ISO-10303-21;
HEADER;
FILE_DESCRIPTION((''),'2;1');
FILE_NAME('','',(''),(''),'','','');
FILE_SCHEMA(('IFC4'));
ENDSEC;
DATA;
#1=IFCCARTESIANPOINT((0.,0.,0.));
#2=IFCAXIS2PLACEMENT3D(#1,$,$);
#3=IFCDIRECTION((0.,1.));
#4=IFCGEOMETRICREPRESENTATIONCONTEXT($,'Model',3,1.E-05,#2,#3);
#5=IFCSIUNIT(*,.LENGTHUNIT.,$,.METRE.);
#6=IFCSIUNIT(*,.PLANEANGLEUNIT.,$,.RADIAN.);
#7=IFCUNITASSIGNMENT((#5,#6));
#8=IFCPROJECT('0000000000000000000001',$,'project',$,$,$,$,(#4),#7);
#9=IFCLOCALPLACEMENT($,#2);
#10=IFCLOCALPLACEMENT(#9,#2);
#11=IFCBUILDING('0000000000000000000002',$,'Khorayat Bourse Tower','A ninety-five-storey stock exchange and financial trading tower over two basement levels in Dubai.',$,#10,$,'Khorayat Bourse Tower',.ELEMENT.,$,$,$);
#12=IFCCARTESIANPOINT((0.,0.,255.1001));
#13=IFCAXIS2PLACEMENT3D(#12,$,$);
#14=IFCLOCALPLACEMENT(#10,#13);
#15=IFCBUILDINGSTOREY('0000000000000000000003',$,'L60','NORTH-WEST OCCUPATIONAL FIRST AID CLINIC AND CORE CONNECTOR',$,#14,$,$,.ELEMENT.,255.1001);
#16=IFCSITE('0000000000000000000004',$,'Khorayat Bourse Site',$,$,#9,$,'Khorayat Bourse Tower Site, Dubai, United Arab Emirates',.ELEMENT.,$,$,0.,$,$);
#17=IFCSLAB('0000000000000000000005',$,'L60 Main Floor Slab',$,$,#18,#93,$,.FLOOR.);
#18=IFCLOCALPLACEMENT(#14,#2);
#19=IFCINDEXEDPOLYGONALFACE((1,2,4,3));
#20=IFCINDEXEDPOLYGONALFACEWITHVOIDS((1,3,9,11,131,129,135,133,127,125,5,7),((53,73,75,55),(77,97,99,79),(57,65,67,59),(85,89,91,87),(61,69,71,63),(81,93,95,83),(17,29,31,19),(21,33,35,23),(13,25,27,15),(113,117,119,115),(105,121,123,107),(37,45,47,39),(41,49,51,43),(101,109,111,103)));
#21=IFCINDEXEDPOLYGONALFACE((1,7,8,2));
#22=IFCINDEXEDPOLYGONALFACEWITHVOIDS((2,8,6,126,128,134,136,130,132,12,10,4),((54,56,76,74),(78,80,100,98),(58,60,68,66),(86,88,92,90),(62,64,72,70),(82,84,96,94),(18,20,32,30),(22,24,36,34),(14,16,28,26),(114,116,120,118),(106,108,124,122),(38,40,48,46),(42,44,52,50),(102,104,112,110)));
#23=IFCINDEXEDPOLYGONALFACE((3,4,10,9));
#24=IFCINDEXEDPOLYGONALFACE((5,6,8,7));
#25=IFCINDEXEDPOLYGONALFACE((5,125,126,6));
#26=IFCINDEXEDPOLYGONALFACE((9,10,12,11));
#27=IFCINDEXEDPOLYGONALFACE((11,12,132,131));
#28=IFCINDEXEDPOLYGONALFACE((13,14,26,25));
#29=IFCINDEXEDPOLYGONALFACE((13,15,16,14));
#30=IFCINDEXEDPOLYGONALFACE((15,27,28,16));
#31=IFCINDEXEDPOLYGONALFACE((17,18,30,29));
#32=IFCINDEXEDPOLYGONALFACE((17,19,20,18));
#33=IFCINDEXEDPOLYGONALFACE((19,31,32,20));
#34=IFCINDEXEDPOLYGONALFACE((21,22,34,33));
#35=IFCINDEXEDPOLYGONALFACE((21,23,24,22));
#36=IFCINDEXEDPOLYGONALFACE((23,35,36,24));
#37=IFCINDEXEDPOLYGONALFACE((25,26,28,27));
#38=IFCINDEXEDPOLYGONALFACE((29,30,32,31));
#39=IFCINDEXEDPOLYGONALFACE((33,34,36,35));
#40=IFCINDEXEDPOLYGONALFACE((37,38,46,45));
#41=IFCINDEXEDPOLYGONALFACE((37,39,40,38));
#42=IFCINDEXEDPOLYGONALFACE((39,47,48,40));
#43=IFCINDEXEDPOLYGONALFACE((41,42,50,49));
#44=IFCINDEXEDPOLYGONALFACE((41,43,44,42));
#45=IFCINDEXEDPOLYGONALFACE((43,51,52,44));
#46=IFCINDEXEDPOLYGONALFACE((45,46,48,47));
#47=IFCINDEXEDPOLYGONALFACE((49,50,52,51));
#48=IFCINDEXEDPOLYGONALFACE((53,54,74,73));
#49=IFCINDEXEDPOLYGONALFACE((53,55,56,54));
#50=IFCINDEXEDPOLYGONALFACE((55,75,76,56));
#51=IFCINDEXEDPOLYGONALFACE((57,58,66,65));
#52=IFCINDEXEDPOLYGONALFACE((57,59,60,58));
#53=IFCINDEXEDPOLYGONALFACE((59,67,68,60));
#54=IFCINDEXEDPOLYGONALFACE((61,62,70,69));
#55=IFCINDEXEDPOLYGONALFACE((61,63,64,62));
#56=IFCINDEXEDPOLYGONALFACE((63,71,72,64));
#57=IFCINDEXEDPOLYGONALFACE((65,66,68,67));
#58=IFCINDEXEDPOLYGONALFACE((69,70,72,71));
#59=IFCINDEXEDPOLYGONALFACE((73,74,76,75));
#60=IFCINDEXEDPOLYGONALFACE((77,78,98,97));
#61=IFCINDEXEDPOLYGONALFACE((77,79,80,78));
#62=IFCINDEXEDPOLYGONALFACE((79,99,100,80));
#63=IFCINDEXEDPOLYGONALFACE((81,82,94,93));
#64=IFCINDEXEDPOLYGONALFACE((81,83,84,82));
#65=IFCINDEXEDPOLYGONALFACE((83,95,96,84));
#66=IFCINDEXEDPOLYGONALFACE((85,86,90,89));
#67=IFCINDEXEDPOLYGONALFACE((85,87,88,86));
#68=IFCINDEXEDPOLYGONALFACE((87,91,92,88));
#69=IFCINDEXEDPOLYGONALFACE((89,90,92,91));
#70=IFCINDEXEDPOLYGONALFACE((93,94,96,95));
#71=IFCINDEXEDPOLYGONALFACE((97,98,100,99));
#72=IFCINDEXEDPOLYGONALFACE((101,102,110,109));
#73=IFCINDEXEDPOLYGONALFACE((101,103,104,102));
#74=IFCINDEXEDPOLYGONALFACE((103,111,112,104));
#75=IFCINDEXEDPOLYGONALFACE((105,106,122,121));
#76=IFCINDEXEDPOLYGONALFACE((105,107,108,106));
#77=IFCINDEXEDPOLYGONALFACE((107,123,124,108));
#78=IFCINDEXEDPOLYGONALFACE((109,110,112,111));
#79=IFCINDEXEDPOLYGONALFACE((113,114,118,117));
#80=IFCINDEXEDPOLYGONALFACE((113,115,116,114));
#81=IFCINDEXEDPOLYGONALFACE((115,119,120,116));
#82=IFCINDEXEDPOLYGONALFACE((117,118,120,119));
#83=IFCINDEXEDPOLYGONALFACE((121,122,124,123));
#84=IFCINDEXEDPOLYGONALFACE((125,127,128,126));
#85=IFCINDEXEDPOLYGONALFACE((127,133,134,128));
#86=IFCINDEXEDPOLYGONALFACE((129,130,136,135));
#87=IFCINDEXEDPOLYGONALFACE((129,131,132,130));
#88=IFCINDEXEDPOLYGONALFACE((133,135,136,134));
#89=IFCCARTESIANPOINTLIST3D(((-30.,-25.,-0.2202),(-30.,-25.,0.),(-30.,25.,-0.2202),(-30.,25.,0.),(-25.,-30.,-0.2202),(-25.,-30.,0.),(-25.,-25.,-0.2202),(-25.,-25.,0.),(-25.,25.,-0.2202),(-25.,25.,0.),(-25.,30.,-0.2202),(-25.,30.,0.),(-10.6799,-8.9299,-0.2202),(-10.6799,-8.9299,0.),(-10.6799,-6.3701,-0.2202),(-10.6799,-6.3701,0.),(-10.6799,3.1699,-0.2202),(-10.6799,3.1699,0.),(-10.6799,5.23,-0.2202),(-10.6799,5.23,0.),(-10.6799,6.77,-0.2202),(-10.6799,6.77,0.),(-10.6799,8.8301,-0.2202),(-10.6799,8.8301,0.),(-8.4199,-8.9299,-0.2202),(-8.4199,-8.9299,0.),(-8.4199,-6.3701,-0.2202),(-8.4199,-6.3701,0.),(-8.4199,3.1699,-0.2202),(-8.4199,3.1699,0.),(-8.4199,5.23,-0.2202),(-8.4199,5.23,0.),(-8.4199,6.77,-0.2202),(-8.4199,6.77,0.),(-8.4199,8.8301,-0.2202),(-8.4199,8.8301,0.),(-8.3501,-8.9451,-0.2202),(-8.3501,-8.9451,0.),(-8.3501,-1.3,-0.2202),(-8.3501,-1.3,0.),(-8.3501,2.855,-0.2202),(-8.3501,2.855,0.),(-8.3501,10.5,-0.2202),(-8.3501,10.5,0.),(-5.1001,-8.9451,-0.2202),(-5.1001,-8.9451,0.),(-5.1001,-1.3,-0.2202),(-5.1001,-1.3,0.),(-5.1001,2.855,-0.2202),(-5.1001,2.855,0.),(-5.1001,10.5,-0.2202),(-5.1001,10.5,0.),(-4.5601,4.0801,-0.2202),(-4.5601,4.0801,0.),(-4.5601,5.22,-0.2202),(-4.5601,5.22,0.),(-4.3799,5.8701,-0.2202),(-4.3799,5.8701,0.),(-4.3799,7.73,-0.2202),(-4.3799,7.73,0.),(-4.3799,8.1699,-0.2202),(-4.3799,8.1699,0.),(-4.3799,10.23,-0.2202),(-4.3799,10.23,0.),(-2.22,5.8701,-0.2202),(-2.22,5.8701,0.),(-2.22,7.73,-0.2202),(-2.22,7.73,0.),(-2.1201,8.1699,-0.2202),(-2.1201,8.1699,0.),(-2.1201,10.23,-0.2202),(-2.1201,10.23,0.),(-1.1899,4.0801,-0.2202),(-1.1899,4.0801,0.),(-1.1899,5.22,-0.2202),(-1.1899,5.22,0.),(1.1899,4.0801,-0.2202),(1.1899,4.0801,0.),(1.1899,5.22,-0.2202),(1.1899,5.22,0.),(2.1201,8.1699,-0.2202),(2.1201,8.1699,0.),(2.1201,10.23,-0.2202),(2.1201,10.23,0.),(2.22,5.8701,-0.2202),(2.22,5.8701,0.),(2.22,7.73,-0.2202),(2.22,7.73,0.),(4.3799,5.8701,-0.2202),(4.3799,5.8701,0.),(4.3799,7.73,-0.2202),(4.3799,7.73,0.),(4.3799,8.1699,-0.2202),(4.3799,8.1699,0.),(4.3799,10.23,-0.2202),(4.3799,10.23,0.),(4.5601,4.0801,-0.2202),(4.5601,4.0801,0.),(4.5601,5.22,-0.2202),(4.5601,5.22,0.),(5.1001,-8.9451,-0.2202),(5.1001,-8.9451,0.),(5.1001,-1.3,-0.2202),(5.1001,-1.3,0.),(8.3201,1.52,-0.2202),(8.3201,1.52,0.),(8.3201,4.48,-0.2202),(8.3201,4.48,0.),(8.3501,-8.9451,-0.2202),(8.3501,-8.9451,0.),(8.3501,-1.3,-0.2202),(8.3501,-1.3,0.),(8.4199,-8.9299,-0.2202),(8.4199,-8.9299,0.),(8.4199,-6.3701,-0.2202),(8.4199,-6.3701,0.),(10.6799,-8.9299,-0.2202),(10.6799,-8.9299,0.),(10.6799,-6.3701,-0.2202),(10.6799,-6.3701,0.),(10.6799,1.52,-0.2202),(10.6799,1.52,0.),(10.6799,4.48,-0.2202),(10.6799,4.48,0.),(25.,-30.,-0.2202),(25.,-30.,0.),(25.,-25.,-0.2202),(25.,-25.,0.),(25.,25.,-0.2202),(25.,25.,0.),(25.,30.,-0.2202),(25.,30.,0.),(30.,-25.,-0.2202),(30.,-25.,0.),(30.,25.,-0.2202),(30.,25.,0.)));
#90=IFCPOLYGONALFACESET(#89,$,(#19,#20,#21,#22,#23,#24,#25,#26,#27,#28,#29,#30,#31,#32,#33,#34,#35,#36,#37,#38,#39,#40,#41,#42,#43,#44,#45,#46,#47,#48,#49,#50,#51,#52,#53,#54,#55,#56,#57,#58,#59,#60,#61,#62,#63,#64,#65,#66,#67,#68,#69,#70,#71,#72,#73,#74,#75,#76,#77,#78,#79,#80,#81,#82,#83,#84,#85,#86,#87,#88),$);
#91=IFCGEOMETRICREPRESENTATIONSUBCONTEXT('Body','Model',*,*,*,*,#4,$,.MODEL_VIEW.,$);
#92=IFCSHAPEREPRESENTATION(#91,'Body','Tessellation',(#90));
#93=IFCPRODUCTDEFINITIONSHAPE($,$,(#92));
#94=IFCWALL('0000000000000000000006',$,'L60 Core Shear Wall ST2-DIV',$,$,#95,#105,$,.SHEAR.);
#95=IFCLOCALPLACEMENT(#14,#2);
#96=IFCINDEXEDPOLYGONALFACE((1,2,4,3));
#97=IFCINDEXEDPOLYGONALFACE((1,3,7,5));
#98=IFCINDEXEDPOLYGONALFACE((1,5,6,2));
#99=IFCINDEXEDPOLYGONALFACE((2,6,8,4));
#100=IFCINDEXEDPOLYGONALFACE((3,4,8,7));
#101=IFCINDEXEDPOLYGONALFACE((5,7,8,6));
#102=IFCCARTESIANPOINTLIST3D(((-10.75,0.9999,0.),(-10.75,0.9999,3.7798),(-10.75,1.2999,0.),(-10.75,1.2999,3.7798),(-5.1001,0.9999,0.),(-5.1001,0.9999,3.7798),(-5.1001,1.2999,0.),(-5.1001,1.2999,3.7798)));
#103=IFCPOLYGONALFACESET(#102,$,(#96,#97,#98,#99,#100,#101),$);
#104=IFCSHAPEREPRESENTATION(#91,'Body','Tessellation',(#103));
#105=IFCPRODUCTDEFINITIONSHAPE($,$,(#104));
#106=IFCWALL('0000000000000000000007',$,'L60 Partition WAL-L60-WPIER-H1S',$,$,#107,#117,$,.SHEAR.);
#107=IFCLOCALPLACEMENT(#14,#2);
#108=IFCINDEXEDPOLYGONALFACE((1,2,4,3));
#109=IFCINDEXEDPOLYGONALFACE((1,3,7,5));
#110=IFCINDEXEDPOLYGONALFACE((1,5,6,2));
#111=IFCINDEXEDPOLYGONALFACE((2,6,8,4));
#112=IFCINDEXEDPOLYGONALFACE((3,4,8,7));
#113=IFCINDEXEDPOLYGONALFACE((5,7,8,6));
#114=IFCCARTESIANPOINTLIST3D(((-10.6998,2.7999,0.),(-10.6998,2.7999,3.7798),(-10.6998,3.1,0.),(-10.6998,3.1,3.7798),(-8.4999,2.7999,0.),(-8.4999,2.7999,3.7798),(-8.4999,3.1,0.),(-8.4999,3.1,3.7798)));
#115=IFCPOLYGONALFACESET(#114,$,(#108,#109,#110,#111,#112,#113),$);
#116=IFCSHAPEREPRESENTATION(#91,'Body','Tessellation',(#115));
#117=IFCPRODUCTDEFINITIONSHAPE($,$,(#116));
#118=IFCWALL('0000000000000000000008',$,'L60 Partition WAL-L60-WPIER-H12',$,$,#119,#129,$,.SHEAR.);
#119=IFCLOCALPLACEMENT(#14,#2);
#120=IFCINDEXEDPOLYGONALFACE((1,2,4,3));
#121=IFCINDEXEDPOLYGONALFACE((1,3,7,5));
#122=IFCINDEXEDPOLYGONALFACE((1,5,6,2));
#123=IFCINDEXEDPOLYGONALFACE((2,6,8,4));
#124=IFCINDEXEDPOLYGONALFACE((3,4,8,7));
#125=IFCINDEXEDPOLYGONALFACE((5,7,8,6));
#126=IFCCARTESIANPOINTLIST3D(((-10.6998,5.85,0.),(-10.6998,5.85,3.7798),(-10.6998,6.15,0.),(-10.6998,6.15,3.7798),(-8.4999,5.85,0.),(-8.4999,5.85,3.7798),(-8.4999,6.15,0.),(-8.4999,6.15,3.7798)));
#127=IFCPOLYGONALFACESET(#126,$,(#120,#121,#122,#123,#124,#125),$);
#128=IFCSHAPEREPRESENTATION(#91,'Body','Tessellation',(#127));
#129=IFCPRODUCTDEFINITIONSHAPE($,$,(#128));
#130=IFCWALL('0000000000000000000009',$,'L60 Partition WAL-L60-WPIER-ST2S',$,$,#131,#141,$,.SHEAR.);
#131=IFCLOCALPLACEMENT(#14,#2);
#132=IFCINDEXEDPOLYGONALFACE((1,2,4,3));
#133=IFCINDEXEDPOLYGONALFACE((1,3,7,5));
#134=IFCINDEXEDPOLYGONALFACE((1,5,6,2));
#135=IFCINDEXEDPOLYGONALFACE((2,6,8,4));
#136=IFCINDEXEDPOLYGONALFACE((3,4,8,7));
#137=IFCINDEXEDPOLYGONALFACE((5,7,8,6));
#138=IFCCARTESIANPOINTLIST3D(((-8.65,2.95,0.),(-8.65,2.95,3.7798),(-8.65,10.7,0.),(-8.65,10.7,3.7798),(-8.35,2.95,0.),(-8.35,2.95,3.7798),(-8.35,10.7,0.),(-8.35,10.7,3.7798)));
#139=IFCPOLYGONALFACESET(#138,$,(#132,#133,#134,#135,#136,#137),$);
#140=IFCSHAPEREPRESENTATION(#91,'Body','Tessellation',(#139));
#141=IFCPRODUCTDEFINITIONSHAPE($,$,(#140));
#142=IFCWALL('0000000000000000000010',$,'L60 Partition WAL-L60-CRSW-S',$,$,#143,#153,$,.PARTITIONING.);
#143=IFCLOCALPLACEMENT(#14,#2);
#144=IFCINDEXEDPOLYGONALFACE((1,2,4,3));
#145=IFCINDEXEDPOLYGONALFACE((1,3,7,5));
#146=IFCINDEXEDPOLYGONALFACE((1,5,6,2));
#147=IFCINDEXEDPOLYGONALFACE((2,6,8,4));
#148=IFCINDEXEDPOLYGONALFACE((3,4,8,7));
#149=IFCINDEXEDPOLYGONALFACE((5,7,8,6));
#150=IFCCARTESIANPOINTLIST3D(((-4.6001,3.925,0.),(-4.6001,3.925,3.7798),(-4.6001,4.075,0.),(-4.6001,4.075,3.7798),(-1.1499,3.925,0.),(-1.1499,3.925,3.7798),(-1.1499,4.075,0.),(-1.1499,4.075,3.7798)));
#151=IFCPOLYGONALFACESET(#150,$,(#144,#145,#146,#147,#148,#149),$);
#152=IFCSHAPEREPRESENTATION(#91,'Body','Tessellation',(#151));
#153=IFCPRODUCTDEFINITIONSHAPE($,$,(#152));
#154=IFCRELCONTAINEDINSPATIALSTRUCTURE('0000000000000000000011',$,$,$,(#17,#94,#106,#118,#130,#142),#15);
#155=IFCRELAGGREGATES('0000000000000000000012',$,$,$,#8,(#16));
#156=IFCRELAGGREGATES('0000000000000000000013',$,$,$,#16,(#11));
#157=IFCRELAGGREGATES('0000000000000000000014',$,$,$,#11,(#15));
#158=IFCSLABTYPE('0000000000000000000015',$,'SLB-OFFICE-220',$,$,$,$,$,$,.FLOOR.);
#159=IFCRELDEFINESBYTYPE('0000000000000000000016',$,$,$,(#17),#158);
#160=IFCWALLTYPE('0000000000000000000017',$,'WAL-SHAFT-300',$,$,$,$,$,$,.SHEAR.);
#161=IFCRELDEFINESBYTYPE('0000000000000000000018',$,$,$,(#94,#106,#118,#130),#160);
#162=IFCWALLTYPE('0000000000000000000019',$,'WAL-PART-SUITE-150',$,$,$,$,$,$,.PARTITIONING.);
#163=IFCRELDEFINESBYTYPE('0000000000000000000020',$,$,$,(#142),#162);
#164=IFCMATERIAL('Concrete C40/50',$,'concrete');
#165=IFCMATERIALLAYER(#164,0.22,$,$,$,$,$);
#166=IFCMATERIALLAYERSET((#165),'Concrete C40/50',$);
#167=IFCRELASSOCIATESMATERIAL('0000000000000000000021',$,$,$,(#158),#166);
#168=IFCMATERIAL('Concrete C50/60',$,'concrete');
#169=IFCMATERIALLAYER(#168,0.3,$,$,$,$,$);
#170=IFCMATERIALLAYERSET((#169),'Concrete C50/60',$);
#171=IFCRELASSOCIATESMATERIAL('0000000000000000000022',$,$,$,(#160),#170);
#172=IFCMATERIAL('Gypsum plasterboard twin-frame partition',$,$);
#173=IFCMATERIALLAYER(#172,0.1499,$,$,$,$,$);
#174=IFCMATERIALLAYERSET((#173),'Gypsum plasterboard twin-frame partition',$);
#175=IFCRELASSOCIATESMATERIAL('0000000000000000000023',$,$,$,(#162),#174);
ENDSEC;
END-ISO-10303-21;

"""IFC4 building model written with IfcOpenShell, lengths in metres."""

from ifc_helpers import new_model, si_unit, direction, frame, frame_2d, origin, place, context, subcontext, project, spatial, polyline, rectangle, outline, extrude, source, transform, mapped, material, layer, layer_set, type_object, element, save


model = new_model("IFC4")

# Units and contexts
model_context = context("Model", 3, precision=1e-05, world=origin(), true_north=direction((0.0, 1.0)))
body_context = subcontext(model_context, "Body", "Model", "MODEL_VIEW")
ifc_project = project(units=[si_unit("LENGTHUNIT", "METRE"), si_unit("PLANEANGLEUNIT", "RADIAN")], contexts=[model_context])

# Site, building, storey
site_placement = place(None, origin())
site = spatial("IfcSite", under=ifc_project, at=site_placement, Name="Khorayat Bourse Site", LongName="Khorayat Bourse Tower Site, Dubai, United Arab Emirates", CompositionType="ELEMENT", RefElevation=0.0)
building_placement = place(site_placement, origin())
building = spatial("IfcBuilding", under=site, at=building_placement, Name="Khorayat Bourse Tower", Description="A ninety-five-storey stock exchange and financial trading tower over two basement levels in Dubai.", LongName="Khorayat Bourse Tower", CompositionType="ELEMENT")
storey_placement = place(building_placement, frame((0.0, 0.0, 255.1001)))
storey = spatial("IfcBuildingStorey", under=building, at=storey_placement, Name="L60", Description="NORTH-WEST OCCUPATIONAL FIRST AID CLINIC AND CORE CONNECTOR", CompositionType="ELEMENT", Elevation=255.1001)

# Slab
ifc_material_1 = material(Name="Concrete C40/50", Category="concrete")
ifc_layer_1 = layer(ifc_material_1, 0.22)
ifc_layer_set_1 = layer_set([ifc_layer_1], Name="Concrete C40/50")
slab_type = type_object("IfcSlabType", Name="SLB-OFFICE-220", PredefinedType="FLOOR", material=ifc_layer_set_1)
slab_placement = place(storey_placement, frame((0.0, 0.0, -0.2202)))
element("IfcSlab", 1, at=slab_placement, inside=storey, type_object=slab_type, Name="L60 Main Floor Slab", PredefinedType="FLOOR", context=body_context, shape_type="SweptSolid", body=[
    extrude(outline(polyline([(-25.0, -30.0), (25.0, -30.0), (25.0, -25.0), (30.0, -25.0), (30.0, 25.0), (25.0, 25.0), (25.0, 30.0), (-25.0, 30.0), (-25.0, 25.0), (-30.0, 25.0), (-30.0, -25.0), (-25.0, -25.0), (-25.0, -30.0)]), holes=[polyline([(-8.3501, -8.9451), (-5.1001, -8.9451), (-5.1001, -1.3), (-8.3501, -1.3), (-8.3501, -8.9451)]), polyline([(-8.3501, 2.855), (-5.1001, 2.855), (-5.1001, 10.5), (-8.3501, 10.5), (-8.3501, 2.855)]), polyline([(5.1001, -8.9451), (8.3501, -8.9451), (8.3501, -1.3), (5.1001, -1.3), (5.1001, -8.9451)]), polyline([(-4.3799, 8.1699), (-2.1201, 8.1699), (-2.1201, 10.23), (-4.3799, 10.23), (-4.3799, 8.1699)]), polyline([(2.1201, 8.1699), (4.3799, 8.1699), (4.3799, 10.23), (2.1201, 10.23), (2.1201, 8.1699)]), polyline([(-4.3799, 5.8701), (-2.22, 5.8701), (-2.22, 7.73), (-4.3799, 7.73), (-4.3799, 5.8701)]), polyline([(2.22, 5.8701), (4.3799, 5.8701), (4.3799, 7.73), (2.22, 7.73), (2.22, 5.8701)]), polyline([(-10.6799, 3.1699), (-8.4199, 3.1699), (-8.4199, 5.23), (-10.6799, 5.23), (-10.6799, 3.1699)]), polyline([(-10.6799, 6.77), (-8.4199, 6.77), (-8.4199, 8.8301), (-10.6799, 8.8301), (-10.6799, 6.77)]), polyline([(-10.6799, -8.9299), (-8.4199, -8.9299), (-8.4199, -6.3701), (-10.6799, -6.3701), (-10.6799, -8.9299)]), polyline([(8.4199, -8.9299), (10.6799, -8.9299), (10.6799, -6.3701), (8.4199, -6.3701), (8.4199, -8.9299)]), polyline([(8.3201, 1.52), (10.6799, 1.52), (10.6799, 4.48), (8.3201, 4.48), (8.3201, 1.52)]), polyline([(-4.5601, 4.0801), (-1.1899, 4.0801), (-1.1899, 5.22), (-4.5601, 5.22), (-4.5601, 4.0801)]), polyline([(1.1899, 4.0801), (4.5601, 4.0801), (4.5601, 5.22), (1.1899, 5.22), (1.1899, 4.0801)])]), origin(), (0.0, 0.0, 1.0), 0.2202),
])

# Walls
ifc_material_2 = material(Name="Concrete C50/60", Category="concrete")
ifc_layer_2 = layer(ifc_material_2, 0.3)
ifc_layer_set_2 = layer_set([ifc_layer_2], Name="Concrete C50/60")
wall_type_1 = type_object("IfcWallType", Name="WAL-SHAFT-300", PredefinedType="SHEAR", material=ifc_layer_set_2)
shared_shape_1 = source(origin(), body_context, "Body", "SweptSolid", [
    extrude(rectangle(XDim=5.6499, YDim=0.3, at=frame_2d((2.825, 0.0))), origin(), (0.0, 0.0, 1.0), 3.7798),
])
wall_1_placement = place(storey_placement, frame((-10.75, 1.1499, 0.0), z_axis=(0.0, 0.0, 1.0), x_axis=(1.0, 0.0, 0.0)))
element("IfcWall", 2, at=wall_1_placement, inside=storey, type_object=wall_type_1, Name="L60 Core Shear Wall ST2-DIV", PredefinedType="SHEAR", context=body_context, shape_type="MappedRepresentation", body=[
    mapped(shared_shape_1, transform((0.0, 0.0, 0.0), scale=1.0)),
])
shared_shape_2 = source(origin(), body_context, "Body", "SweptSolid", [
    extrude(rectangle(XDim=2.2, YDim=0.3, at=frame_2d((1.1001, 0.0))), origin(), (0.0, 0.0, 1.0), 3.7798),
])
for number, where, z_axis, x_axis, name in (
    (3, (-10.7, 2.95, 0.0), (0.0, 0.0, 1.0), (1.0, 0.0, 0.0), "L60 Partition WAL-L60-WPIER-H1S"),
    (4, (-10.7, 6.0, 0.0), (0.0, 0.0, 1.0), (1.0, 0.0, 0.0), "L60 Partition WAL-L60-WPIER-H12"),
):
    element("IfcWall", number, at=place(storey_placement, frame(where, z_axis=z_axis, x_axis=x_axis)), inside=storey, type_object=wall_type_1, Name=name, PredefinedType="SHEAR", context=body_context, shape_type="MappedRepresentation", body=[
        mapped(shared_shape_2, transform((0.0, 0.0, 0.0), scale=1.0)),
    ])
shared_shape_3 = source(origin(), body_context, "Body", "SweptSolid", [
    extrude(rectangle(XDim=7.75, YDim=0.3, at=frame_2d((3.875, 0.0))), origin(), (0.0, 0.0, 1.0), 3.7798),
])
wall_2_placement = place(storey_placement, frame((-8.5, 2.95, 0.0), z_axis=(0.0, 0.0, 1.0), x_axis=(0.0, 1.0, 0.0)))
element("IfcWall", 5, at=wall_2_placement, inside=storey, type_object=wall_type_1, Name="L60 Partition WAL-L60-WPIER-ST2S", PredefinedType="SHEAR", context=body_context, shape_type="MappedRepresentation", body=[
    mapped(shared_shape_3, transform((0.0, 0.0, 0.0), scale=1.0)),
])
ifc_material_3 = material(Name="Gypsum plasterboard twin-frame partition")
ifc_layer_3 = layer(ifc_material_3, 0.1499)
ifc_layer_set_3 = layer_set([ifc_layer_3], Name="Gypsum plasterboard twin-frame partition")
wall_type_2 = type_object("IfcWallType", Name="WAL-PART-SUITE-150", PredefinedType="PARTITIONING", material=ifc_layer_set_3)
shared_shape_4 = source(origin(), body_context, "Body", "SweptSolid", [
    extrude(rectangle(XDim=3.4502, YDim=0.1499, at=frame_2d((1.7251, 0.0))), origin(), (0.0, 0.0, 1.0), 3.7798),
])
wall_3_placement = place(storey_placement, frame((-4.6001, 4.0, 0.0), z_axis=(0.0, 0.0, 1.0), x_axis=(1.0, 0.0, 0.0)))
element("IfcWall", 6, at=wall_3_placement, inside=storey, type_object=wall_type_2, Name="L60 Partition WAL-L60-CRSW-S", PredefinedType="PARTITIONING", context=body_context, shape_type="MappedRepresentation", body=[
    mapped(shared_shape_4, transform((0.0, 0.0, 0.0), scale=1.0)),
])

save(model, "model.ifc")
